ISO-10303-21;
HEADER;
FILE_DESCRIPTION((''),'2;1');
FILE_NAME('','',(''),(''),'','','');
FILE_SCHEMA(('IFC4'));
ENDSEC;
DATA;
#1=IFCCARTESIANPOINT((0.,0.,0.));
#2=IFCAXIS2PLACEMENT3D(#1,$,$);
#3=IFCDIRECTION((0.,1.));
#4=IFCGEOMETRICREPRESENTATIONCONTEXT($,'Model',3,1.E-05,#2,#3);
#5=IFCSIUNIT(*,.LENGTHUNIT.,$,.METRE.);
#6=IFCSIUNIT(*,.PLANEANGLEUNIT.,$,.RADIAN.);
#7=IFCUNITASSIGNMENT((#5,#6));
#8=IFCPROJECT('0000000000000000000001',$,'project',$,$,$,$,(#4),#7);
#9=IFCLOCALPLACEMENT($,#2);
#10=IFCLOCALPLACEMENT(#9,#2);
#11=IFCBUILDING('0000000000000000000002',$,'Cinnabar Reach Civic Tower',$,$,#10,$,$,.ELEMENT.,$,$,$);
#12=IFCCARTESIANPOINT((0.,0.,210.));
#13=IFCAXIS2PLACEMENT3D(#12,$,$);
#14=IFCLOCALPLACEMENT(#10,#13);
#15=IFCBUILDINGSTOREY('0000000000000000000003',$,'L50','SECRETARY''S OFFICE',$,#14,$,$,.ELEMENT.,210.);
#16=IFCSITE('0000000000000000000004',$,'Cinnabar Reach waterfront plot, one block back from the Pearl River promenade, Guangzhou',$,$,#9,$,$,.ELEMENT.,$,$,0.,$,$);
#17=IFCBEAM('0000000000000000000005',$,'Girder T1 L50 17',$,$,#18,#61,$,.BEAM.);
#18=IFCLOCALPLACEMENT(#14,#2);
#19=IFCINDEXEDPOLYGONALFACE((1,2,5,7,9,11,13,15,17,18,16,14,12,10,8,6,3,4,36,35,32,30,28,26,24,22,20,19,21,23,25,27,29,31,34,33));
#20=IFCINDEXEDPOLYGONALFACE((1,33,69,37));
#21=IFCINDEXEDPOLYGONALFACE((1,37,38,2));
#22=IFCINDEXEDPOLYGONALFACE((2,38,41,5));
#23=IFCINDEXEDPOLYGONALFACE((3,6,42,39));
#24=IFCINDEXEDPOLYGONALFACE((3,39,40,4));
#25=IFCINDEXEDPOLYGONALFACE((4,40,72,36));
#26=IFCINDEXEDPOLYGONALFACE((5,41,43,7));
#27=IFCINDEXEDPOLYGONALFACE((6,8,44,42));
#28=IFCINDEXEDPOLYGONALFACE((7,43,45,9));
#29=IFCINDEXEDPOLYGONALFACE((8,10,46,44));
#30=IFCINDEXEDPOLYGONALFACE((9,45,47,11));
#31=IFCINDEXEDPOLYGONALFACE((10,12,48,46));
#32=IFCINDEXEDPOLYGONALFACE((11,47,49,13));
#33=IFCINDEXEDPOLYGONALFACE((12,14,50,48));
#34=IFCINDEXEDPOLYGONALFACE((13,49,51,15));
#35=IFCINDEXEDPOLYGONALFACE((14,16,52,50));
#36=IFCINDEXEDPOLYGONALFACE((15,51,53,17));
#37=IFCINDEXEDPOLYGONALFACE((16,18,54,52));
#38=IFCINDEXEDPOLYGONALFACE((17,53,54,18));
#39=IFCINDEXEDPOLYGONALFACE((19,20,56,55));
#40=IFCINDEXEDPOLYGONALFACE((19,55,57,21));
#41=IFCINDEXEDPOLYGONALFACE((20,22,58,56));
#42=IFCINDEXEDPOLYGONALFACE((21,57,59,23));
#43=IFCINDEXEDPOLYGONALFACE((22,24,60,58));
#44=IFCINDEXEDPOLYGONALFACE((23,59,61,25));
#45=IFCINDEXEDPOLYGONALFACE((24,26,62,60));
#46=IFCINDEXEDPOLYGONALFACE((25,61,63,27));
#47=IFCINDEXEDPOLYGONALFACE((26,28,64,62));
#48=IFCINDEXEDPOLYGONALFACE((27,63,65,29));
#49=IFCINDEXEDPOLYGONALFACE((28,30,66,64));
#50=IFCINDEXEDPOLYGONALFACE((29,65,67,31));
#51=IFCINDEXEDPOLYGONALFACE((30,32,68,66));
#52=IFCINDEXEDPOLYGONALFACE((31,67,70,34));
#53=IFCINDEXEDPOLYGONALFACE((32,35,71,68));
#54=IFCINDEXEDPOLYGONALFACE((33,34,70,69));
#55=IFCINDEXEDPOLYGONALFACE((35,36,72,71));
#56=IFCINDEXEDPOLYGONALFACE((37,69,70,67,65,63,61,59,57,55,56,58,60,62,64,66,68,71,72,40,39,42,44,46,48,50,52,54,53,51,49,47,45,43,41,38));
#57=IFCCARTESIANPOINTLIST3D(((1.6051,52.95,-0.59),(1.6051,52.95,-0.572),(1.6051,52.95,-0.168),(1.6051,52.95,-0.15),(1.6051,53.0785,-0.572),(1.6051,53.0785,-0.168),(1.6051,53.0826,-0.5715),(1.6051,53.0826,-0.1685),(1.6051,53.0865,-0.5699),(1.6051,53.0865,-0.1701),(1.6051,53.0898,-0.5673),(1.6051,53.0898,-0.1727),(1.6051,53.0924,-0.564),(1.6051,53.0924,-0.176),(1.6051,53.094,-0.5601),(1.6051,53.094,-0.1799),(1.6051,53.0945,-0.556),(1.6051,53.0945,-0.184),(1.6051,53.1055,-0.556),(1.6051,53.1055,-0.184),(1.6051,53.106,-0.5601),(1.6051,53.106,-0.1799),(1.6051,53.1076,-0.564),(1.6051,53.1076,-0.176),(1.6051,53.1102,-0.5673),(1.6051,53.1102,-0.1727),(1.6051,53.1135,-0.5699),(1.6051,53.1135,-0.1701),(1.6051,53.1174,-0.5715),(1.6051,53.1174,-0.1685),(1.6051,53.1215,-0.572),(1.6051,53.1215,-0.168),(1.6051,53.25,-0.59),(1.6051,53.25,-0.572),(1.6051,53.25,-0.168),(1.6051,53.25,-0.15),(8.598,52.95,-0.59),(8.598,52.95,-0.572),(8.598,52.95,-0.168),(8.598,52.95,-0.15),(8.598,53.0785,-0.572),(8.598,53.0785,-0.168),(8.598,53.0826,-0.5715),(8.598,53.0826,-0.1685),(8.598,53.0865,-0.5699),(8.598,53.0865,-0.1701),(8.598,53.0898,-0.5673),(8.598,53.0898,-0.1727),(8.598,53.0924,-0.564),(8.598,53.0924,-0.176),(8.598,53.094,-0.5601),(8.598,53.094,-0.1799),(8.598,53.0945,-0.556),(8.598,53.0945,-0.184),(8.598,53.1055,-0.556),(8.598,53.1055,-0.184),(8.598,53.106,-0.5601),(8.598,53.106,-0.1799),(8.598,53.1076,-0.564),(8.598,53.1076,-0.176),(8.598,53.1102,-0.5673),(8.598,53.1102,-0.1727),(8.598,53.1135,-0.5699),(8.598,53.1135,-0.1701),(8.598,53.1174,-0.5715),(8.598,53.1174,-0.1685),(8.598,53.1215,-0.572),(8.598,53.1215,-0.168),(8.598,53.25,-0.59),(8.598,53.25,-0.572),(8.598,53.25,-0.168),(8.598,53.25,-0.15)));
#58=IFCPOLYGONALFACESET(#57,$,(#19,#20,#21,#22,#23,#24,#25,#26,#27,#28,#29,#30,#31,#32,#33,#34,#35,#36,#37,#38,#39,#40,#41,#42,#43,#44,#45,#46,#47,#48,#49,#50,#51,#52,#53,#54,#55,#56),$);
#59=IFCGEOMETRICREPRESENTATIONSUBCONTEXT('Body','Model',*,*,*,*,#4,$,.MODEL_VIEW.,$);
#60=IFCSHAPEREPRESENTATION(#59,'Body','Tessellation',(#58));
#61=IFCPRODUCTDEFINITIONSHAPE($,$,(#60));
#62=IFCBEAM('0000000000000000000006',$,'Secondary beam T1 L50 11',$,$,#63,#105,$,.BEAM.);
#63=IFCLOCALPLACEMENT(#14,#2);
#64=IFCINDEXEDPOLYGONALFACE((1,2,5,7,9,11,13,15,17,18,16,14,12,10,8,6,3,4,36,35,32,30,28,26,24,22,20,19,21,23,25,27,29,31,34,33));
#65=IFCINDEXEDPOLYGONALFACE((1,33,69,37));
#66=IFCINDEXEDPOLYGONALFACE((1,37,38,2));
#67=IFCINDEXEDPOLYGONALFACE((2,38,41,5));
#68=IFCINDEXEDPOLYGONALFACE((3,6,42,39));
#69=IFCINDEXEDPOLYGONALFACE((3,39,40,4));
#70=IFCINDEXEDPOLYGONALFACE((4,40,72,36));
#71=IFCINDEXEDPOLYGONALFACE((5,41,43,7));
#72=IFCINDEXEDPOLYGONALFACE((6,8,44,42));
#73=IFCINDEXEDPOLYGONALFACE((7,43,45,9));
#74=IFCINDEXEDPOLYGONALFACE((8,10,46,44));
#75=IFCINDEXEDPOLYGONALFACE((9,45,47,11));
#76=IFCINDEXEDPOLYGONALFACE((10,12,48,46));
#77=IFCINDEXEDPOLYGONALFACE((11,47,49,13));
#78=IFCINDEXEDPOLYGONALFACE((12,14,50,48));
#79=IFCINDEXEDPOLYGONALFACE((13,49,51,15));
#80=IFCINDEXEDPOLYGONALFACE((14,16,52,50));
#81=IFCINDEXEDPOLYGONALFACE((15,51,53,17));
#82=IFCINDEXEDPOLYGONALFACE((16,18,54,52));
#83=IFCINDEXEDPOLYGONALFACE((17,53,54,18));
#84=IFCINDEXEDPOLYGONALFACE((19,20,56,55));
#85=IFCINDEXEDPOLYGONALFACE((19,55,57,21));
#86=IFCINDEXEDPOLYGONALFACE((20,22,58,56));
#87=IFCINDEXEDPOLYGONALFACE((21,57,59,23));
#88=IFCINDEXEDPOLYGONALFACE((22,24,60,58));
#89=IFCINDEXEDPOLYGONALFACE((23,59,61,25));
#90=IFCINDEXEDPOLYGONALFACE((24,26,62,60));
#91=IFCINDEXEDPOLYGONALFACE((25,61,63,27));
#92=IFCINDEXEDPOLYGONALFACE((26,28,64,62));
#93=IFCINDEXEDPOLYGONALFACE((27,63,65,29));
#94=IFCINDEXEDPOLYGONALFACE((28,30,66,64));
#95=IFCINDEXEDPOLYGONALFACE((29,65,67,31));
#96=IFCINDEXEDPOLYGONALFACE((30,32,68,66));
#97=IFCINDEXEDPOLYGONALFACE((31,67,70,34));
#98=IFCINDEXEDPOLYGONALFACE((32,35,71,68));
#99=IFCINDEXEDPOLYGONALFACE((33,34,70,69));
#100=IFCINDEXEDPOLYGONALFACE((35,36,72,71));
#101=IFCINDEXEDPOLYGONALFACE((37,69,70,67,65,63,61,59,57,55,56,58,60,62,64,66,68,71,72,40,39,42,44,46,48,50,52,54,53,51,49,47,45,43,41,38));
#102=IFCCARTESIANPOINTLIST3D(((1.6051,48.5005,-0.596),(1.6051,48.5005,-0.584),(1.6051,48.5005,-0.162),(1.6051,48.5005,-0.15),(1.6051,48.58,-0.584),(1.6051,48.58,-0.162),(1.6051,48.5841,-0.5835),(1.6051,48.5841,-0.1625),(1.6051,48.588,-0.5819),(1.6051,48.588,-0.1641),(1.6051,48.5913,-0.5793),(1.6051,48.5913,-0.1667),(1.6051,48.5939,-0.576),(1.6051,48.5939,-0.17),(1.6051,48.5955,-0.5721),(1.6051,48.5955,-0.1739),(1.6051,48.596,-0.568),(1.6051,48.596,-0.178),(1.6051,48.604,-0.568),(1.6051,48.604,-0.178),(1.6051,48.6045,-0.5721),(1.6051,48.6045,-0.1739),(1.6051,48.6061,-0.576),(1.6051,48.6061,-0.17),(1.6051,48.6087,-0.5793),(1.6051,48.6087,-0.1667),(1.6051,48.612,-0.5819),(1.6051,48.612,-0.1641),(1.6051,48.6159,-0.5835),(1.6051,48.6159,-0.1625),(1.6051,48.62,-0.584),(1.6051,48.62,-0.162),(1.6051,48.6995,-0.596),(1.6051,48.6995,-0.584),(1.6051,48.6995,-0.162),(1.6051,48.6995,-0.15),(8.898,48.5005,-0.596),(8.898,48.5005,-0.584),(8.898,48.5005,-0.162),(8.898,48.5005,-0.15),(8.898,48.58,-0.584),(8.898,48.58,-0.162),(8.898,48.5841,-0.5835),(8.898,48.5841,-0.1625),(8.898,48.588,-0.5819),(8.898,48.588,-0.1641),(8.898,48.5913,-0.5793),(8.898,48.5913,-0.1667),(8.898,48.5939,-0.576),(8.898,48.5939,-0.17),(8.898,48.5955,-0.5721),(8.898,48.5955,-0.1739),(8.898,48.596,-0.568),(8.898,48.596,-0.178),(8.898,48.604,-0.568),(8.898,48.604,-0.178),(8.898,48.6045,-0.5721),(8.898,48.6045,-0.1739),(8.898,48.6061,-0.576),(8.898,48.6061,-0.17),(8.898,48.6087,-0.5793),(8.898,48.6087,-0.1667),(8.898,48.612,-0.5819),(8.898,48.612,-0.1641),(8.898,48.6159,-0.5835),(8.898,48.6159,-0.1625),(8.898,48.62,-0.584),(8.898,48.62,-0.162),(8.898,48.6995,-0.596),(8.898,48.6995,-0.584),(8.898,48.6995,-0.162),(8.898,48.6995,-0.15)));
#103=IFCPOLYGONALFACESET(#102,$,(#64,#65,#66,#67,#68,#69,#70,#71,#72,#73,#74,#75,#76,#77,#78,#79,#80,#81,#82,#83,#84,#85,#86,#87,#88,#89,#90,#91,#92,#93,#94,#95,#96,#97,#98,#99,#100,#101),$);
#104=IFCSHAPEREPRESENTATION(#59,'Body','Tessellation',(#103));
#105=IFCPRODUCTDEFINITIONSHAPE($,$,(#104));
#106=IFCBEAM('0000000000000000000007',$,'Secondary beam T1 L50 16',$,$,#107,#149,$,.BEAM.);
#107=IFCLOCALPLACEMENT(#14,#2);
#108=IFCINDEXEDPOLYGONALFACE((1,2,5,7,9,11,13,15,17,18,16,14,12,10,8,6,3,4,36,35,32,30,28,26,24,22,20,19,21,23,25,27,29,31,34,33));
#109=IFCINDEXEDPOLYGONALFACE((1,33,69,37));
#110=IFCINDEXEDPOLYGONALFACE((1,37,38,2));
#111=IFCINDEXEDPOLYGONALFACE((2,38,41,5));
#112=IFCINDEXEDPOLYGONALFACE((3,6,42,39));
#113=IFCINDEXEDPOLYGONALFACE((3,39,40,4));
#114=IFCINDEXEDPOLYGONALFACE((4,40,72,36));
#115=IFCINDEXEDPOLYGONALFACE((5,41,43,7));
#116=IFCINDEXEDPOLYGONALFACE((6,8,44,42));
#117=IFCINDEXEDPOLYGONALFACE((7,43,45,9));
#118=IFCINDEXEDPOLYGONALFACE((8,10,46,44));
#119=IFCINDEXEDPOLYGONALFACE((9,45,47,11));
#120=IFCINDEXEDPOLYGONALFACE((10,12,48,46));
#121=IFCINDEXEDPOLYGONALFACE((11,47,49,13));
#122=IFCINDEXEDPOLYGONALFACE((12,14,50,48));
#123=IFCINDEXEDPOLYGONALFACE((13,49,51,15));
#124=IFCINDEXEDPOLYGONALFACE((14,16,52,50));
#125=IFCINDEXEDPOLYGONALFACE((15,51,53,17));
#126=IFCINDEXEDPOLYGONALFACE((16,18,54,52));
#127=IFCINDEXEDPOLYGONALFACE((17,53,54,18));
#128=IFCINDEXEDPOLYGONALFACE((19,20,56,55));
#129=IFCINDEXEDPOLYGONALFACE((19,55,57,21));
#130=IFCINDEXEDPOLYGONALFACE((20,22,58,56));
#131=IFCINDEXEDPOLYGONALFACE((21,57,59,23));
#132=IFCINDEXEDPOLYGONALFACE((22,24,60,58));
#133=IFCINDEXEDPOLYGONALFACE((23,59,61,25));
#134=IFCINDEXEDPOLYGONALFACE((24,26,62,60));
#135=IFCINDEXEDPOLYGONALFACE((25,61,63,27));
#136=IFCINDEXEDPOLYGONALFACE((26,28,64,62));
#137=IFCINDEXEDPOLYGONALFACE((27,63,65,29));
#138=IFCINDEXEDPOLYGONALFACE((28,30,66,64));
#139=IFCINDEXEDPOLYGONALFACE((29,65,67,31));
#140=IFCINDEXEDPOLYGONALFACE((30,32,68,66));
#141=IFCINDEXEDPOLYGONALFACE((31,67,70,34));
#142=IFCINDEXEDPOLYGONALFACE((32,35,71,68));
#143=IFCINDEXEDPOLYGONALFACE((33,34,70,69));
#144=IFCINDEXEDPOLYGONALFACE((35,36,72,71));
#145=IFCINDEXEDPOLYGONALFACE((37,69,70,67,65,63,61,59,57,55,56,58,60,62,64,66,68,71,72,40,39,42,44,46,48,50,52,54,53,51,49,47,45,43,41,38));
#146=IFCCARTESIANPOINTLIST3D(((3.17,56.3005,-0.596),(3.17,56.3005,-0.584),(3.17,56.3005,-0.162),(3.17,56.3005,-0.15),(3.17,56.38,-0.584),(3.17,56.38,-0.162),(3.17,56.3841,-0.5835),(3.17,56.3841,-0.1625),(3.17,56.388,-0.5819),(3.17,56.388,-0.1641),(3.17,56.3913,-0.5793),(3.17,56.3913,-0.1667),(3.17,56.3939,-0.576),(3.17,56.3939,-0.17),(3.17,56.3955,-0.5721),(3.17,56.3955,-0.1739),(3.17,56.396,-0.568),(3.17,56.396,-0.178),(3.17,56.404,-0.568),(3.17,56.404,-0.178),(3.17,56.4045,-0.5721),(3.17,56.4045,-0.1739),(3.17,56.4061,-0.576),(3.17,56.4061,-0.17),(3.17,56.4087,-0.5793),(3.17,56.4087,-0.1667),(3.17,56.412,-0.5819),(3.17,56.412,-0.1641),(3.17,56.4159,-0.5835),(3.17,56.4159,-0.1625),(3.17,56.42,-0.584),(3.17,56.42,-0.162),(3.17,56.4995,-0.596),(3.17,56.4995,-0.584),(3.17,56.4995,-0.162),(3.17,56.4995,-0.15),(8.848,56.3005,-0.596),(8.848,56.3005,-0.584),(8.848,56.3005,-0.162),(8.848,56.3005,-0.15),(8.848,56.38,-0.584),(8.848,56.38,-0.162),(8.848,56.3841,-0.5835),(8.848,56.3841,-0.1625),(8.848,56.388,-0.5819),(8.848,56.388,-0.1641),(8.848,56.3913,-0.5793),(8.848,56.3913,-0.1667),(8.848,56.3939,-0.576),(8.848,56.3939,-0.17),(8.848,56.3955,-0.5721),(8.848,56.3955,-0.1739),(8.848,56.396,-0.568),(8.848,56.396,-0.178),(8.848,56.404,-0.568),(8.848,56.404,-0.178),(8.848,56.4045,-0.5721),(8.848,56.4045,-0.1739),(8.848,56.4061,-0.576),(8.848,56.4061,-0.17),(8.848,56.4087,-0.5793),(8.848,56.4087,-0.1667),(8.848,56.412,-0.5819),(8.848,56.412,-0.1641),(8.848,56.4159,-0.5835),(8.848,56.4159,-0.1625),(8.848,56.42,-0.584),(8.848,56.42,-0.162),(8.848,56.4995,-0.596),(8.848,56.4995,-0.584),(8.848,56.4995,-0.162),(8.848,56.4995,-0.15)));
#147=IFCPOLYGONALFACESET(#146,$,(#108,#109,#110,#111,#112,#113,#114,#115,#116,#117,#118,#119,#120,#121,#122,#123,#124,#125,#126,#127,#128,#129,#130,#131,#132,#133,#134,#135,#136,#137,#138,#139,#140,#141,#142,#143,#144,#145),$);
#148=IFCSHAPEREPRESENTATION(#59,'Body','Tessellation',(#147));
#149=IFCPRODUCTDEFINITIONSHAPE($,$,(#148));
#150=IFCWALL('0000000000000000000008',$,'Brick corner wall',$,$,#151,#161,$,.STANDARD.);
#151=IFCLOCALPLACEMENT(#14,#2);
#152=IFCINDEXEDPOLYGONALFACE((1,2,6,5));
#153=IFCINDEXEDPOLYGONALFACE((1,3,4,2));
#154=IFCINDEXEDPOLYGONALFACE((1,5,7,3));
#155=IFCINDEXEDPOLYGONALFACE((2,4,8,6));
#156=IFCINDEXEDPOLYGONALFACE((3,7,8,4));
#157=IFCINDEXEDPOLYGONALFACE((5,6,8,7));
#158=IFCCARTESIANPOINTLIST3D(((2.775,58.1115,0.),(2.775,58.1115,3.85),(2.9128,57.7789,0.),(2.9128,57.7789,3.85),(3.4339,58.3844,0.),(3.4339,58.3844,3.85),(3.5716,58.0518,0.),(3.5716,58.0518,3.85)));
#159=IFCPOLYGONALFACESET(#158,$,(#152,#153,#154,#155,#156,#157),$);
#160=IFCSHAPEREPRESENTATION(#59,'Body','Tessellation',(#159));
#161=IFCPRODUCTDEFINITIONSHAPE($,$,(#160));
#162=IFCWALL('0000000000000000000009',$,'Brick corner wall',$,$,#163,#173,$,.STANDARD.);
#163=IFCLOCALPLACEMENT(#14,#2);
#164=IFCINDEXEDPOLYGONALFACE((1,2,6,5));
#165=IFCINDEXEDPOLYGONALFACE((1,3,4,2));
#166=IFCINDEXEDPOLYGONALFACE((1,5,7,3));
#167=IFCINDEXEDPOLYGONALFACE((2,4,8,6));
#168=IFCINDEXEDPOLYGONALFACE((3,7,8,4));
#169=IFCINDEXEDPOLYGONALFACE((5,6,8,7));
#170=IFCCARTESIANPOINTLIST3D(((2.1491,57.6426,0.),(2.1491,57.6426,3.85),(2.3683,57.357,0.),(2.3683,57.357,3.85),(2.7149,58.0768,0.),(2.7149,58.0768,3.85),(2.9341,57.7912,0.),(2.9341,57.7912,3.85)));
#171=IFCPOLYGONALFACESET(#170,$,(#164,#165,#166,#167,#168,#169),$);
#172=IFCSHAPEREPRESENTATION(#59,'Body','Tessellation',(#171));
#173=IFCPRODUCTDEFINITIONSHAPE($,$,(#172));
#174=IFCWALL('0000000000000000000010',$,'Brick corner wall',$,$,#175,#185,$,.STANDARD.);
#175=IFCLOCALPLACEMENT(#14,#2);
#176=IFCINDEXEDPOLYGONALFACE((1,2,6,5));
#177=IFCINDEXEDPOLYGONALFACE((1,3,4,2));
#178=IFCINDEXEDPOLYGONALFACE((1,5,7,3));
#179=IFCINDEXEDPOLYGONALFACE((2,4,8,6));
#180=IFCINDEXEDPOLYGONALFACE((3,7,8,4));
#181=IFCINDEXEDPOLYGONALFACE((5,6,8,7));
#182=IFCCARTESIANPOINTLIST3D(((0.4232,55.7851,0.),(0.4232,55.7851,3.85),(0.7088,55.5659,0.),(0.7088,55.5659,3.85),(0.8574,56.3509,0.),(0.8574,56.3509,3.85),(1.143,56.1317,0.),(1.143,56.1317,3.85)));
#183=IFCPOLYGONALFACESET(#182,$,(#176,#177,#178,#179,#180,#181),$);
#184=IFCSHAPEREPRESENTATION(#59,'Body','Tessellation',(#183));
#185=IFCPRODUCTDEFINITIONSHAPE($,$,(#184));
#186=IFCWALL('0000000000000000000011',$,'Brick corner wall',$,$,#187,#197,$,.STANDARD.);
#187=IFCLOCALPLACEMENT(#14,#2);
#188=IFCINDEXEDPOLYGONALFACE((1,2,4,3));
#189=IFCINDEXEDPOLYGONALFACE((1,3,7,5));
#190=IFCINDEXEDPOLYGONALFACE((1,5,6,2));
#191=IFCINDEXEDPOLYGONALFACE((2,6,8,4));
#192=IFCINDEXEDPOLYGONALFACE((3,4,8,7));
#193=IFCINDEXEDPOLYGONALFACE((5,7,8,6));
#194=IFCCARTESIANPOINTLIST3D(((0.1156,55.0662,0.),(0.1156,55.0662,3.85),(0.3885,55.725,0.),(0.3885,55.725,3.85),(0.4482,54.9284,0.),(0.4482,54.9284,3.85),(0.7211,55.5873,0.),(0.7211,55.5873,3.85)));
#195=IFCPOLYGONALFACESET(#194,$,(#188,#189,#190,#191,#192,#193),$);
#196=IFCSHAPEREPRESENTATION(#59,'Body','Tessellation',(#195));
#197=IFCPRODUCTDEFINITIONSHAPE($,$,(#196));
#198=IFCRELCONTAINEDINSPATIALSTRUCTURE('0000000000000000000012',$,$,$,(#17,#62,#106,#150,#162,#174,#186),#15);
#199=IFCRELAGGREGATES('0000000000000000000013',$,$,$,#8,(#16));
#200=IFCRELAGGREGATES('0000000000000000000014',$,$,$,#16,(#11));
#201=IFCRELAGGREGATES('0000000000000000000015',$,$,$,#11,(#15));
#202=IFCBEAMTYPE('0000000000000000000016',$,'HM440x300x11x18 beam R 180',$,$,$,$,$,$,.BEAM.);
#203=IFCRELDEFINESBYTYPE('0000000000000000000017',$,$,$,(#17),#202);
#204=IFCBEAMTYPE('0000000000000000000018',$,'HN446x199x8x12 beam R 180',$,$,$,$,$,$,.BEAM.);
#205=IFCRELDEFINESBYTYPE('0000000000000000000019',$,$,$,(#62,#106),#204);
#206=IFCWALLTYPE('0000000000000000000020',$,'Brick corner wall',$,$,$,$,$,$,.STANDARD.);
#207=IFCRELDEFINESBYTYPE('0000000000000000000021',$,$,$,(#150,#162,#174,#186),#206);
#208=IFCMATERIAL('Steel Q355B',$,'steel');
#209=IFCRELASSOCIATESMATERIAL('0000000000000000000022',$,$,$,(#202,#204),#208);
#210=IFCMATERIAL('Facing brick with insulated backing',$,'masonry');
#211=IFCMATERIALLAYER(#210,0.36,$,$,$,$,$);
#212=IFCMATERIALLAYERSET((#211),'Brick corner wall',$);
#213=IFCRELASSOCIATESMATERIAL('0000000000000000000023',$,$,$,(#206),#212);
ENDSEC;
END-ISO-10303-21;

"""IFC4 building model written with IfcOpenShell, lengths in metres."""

from ifc_helpers import new_model, si_unit, direction, frame, frame_2d, origin, origin_2d, place, context, subcontext, project, spatial, rectangle, i_section, extrude, material, layer, layer_set, material_profile, profile_set, type_object, element, save


model = new_model("IFC4")

# Units and contexts
model_context = context("Model", 3, precision=1e-05, world=origin(), true_north=direction((0.0, 1.0)))
body_context = subcontext(model_context, "Body", "Model", "MODEL_VIEW")
ifc_project = project(units=[si_unit("LENGTHUNIT", "METRE"), si_unit("PLANEANGLEUNIT", "RADIAN")], contexts=[model_context])

# Site, building, storey
site_placement = place(None, origin())
site = spatial("IfcSite", under=ifc_project, at=site_placement, Name="Cinnabar Reach waterfront plot, one block back from the Pearl River promenade, Guangzhou", CompositionType="ELEMENT", RefElevation=0.0)
building_placement = place(site_placement, origin())
building = spatial("IfcBuilding", under=site, at=building_placement, Name="Cinnabar Reach Civic Tower", CompositionType="ELEMENT")
storey_placement = place(building_placement, frame((0.0, 0.0, 210.0)))
storey = spatial("IfcBuildingStorey", under=building, at=storey_placement, Name="L50", Description="SECRETARY'S OFFICE", CompositionType="ELEMENT", Elevation=210.0)

# Beams
ifc_material_1 = material(Name="Steel Q355B", Category="steel")
ifc_material_profile_1 = material_profile(ifc_material_1, i_section(OverallWidth=0.3, OverallDepth=0.44, WebThickness=0.011, FlangeThickness=0.018, FilletRadius=0.016, at=origin_2d()), Name="HM440x300x11x18")
ifc_profile_set_1 = profile_set([ifc_material_profile_1], Name="Steel Q355B")
beam_type_1 = type_object("IfcBeamType", Name="HM440x300x11x18 beam R 180", PredefinedType="BEAM", material=ifc_profile_set_1)
beam_1_placement = place(storey_placement, frame((1.6051, 53.1, -0.37), z_axis=(1.0, 0.0, 0.0), x_axis=(0.0, 1.0, 0.0)))
element("IfcBeam", 1, at=beam_1_placement, inside=storey, type_object=beam_type_1, Name="Girder T1 L50 17", PredefinedType="BEAM", context=body_context, shape_type="SweptSolid", body=[
    extrude(i_section(OverallWidth=0.3, OverallDepth=0.44, WebThickness=0.011, FlangeThickness=0.018, FilletRadius=0.016, at=origin_2d()), origin(), (0.0, 0.0, 1.0), 6.9929),
])
ifc_material_profile_2 = material_profile(ifc_material_1, i_section(OverallWidth=0.199, OverallDepth=0.446, WebThickness=0.008, FlangeThickness=0.012, FilletRadius=0.016, at=origin_2d()), Name="HN446x199x8x12")
ifc_profile_set_2 = profile_set([ifc_material_profile_2], Name="Steel Q355B")
beam_type_2 = type_object("IfcBeamType", Name="HN446x199x8x12 beam R 180", PredefinedType="BEAM", material=ifc_profile_set_2)
beam_2_placement = place(storey_placement, frame((1.6051, 48.6, -0.373), z_axis=(1.0, 0.0, 0.0), x_axis=(0.0, 1.0, 0.0)))
element("IfcBeam", 2, at=beam_2_placement, inside=storey, type_object=beam_type_2, Name="Secondary beam T1 L50 11", PredefinedType="BEAM", context=body_context, shape_type="SweptSolid", body=[
    extrude(i_section(OverallWidth=0.199, OverallDepth=0.446, WebThickness=0.008, FlangeThickness=0.012, FilletRadius=0.016, at=origin_2d()), origin(), (0.0, 0.0, 1.0), 7.2929),
])
beam_3_placement = place(storey_placement, frame((3.17, 56.4, -0.373), z_axis=(1.0, 0.0, 0.0), x_axis=(0.0, 1.0, 0.0)))
element("IfcBeam", 3, at=beam_3_placement, inside=storey, type_object=beam_type_2, Name="Secondary beam T1 L50 16", PredefinedType="BEAM", context=body_context, shape_type="SweptSolid", body=[
    extrude(i_section(OverallWidth=0.199, OverallDepth=0.446, WebThickness=0.008, FlangeThickness=0.012, FilletRadius=0.016, at=origin_2d()), origin(), (0.0, 0.0, 1.0), 5.678),
])

# Walls
ifc_material_2 = material(Name="Facing brick with insulated backing", Category="masonry")
ifc_layer_1 = layer(ifc_material_2, 0.36)
ifc_layer_set_1 = layer_set([ifc_layer_1], Name="Brick corner wall")
wall_type_1 = type_object("IfcWallType", Name="Brick corner wall", PredefinedType="STANDARD", material=ifc_layer_set_1)
wall_1_placement = place(storey_placement, frame((3.5027, 58.2181, 0.0), z_axis=(0.0, 0.0, 1.0), x_axis=(-0.923872, -0.382703, 0.0)))
element("IfcWall", 4, at=wall_1_placement, inside=storey, type_object=wall_type_1, Name="Brick corner wall", PredefinedType="STANDARD", context=body_context, shape_type="SweptSolid", body=[
    extrude(rectangle(XDim=0.7131, YDim=0.36, at=frame_2d((0.3565, 0.0))), origin(), (0.0, 0.0, 1.0), 3.85),
])
for number, where, z_axis, x_axis, name in (
    (5, (2.8245, 57.934, 0.0), (0.0, 0.0, 1.0), (-0.793322, -0.608802, 0.0), "Brick corner wall"),
    (6, (1.0002, 56.2413, 0.0), (0.0, 0.0, 1.0), (-0.608802, -0.793322, 0.0), "Brick corner wall"),
):
    element("IfcWall", number, at=place(storey_placement, frame(where, z_axis=z_axis, x_axis=x_axis)), inside=storey, type_object=wall_type_1, Name=name, PredefinedType="STANDARD", context=body_context, shape_type="SweptSolid", body=[
        extrude(rectangle(XDim=0.7132, YDim=0.36, at=frame_2d((0.3566, 0.0))), origin(), (0.0, 0.0, 1.0), 3.85),
    ])
for number, where, z_axis, x_axis, name in (
    (7, (0.5548, 55.6561, 0.0), (0.0, 0.0, 1.0), (-0.382703, -0.923872, 0.0), "Brick corner wall"),
):
    element("IfcWall", number, at=place(storey_placement, frame(where, z_axis=z_axis, x_axis=x_axis)), inside=storey, type_object=wall_type_1, Name=name, PredefinedType="STANDARD", context=body_context, shape_type="SweptSolid", body=[
        extrude(rectangle(XDim=0.7131, YDim=0.36, at=frame_2d((0.3565, 0.0))), origin(), (0.0, 0.0, 1.0), 3.85),
    ])

save(model, "model.ifc")
